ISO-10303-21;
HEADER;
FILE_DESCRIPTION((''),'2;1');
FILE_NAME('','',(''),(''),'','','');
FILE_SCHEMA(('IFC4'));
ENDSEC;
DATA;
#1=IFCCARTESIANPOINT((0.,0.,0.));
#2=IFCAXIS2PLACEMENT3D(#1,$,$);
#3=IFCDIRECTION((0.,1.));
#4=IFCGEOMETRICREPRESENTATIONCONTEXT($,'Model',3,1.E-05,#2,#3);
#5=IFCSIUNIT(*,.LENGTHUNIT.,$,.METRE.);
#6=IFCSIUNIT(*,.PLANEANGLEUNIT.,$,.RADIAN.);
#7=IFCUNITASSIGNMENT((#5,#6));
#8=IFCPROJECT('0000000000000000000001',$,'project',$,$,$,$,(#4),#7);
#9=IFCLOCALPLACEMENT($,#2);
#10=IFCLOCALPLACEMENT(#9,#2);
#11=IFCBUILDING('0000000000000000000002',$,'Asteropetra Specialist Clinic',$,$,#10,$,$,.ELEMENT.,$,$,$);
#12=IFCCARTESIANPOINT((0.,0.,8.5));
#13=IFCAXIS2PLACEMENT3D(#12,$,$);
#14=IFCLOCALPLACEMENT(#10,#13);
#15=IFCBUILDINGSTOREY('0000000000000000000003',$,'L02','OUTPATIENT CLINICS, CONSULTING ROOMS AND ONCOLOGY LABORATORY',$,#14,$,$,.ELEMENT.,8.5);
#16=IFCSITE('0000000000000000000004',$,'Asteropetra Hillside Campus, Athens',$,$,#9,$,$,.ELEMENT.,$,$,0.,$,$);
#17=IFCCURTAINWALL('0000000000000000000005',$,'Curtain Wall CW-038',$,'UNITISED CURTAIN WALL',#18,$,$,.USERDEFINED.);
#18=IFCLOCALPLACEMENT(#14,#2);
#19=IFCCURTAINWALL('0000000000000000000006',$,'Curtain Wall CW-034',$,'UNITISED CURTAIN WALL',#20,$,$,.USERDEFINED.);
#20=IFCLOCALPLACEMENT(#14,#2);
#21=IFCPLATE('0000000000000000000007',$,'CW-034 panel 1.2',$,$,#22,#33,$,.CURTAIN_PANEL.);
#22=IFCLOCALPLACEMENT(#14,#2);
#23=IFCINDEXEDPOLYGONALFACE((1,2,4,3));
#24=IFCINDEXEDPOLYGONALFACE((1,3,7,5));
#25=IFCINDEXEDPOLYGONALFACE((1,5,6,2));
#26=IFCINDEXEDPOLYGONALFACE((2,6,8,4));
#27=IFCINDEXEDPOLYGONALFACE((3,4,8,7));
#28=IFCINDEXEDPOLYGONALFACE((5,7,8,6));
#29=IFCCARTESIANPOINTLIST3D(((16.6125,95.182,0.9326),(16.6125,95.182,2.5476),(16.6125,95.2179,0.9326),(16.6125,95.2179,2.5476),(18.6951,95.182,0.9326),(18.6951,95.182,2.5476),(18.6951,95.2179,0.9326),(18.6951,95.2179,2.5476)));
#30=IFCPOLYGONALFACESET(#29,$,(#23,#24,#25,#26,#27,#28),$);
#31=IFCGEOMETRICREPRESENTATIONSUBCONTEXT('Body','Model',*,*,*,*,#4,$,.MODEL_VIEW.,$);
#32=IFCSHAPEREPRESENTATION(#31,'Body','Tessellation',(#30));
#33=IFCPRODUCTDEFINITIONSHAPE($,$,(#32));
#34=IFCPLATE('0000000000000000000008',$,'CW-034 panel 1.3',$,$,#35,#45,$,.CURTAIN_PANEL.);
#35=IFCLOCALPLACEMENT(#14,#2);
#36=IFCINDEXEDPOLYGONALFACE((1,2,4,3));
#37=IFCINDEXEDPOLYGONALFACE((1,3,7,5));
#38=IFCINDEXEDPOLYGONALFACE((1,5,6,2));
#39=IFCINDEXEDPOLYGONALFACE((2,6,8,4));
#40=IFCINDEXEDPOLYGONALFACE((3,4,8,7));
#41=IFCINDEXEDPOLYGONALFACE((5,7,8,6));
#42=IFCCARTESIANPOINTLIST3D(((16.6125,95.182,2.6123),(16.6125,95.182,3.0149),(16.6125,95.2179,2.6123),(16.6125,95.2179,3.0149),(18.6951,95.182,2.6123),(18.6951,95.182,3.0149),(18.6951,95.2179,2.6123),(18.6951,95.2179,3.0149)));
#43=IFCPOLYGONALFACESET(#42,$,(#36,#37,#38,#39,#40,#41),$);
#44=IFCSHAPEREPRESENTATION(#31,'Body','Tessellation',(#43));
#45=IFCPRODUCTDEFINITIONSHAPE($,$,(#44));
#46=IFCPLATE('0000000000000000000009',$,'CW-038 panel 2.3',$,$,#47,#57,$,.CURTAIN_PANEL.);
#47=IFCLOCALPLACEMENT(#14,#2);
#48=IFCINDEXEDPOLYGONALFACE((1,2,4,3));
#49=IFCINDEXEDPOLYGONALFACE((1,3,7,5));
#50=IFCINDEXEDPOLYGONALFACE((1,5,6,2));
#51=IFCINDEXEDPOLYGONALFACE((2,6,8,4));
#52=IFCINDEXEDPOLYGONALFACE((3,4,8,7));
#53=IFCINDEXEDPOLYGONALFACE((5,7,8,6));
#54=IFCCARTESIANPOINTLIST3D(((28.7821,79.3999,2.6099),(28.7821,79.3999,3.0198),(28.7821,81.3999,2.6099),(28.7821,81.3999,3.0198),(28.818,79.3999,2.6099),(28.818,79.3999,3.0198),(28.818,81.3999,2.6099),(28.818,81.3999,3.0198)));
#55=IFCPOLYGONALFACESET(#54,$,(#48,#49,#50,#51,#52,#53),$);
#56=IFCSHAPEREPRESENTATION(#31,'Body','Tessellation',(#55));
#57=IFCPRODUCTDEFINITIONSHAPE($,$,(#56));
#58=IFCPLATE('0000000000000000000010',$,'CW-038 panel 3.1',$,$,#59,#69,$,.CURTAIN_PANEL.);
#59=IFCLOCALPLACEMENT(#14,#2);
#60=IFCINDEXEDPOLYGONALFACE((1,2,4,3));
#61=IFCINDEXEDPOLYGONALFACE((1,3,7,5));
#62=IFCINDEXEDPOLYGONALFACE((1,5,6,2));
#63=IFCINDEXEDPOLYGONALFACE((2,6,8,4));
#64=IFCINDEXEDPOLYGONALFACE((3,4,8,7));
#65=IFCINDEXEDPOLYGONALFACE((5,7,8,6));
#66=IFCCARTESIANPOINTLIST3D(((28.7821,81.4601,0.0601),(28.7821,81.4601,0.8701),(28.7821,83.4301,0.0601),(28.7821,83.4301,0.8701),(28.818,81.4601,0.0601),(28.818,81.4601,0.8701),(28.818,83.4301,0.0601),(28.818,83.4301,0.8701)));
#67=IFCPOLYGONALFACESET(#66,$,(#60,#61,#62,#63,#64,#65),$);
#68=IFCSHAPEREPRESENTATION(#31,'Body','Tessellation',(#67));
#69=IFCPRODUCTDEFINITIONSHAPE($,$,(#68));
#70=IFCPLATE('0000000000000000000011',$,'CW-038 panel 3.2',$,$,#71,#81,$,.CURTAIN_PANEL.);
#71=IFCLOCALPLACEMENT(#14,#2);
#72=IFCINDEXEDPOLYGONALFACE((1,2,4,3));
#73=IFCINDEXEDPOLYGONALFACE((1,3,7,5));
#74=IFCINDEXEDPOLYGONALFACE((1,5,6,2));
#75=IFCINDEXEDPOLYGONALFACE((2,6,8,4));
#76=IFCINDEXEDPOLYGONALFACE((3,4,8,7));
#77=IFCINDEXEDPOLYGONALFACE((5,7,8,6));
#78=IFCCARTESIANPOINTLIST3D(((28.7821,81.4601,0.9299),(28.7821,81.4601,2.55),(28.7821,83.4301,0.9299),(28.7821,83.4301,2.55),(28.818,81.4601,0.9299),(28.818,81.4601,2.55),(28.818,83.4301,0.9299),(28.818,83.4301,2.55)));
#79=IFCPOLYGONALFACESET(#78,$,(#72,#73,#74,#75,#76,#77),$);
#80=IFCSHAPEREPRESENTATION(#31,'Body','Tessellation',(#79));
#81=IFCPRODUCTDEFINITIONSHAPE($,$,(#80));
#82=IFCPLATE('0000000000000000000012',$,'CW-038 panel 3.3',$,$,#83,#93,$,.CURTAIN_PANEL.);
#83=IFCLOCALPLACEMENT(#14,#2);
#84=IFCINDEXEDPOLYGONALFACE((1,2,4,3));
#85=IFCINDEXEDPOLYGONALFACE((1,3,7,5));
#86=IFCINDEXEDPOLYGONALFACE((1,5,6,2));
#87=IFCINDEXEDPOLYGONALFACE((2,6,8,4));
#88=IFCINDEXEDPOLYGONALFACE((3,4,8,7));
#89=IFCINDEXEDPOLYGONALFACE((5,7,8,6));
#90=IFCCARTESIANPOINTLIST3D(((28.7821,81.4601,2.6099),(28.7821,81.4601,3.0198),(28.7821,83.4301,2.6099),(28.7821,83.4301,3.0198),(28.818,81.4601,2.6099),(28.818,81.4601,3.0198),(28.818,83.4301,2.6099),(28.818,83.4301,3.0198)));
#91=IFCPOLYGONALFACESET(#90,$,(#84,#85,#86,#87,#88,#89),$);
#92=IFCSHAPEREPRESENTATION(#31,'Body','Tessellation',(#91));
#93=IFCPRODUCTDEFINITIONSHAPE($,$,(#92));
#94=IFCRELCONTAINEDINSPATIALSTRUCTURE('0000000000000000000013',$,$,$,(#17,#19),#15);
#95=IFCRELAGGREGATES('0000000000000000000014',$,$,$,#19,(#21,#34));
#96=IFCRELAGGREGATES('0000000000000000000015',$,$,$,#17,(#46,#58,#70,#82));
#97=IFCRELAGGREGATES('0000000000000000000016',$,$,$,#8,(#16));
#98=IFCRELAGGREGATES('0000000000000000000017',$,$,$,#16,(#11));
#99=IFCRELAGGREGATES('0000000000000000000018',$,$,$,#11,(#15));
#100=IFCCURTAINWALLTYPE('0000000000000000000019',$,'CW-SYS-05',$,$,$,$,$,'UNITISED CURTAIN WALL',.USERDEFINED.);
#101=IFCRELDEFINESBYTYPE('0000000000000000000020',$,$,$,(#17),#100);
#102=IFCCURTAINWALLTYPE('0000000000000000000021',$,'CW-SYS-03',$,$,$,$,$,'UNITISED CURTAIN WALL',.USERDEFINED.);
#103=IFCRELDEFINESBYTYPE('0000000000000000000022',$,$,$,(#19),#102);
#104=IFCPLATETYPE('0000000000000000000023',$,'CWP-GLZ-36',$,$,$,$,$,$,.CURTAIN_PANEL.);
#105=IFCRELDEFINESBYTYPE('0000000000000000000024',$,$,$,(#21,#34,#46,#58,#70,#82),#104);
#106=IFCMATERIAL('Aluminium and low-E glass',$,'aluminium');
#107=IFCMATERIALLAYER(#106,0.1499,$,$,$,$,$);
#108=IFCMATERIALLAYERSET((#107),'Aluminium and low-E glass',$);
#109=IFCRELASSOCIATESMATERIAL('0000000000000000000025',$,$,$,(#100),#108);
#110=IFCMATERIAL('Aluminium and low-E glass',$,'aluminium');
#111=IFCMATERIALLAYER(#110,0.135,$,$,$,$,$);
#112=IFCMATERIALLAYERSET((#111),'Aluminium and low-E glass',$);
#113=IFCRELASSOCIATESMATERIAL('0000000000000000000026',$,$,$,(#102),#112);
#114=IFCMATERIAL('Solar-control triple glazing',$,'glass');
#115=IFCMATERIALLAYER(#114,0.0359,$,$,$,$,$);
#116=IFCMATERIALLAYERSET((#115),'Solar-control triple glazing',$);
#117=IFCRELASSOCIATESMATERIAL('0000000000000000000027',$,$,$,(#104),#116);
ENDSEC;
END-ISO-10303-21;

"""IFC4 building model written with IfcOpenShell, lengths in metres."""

from ifc_helpers import new_model, si_unit, direction, frame, origin, origin_2d, place, context, subcontext, project, spatial, rectangle, extrude, material, layer, layer_set, type_object, element, aggregate, save


model = new_model("IFC4")

# Units and contexts
model_context = context("Model", 3, precision=1e-05, world=origin(), true_north=direction((0.0, 1.0)))
body_context = subcontext(model_context, "Body", "Model", "MODEL_VIEW")
ifc_project = project(units=[si_unit("LENGTHUNIT", "METRE"), si_unit("PLANEANGLEUNIT", "RADIAN")], contexts=[model_context])

# Site, building, storey
site_placement = place(None, origin())
site = spatial("IfcSite", under=ifc_project, at=site_placement, Name="Asteropetra Hillside Campus, Athens", CompositionType="ELEMENT", RefElevation=0.0)
building_placement = place(site_placement, origin())
building = spatial("IfcBuilding", under=site, at=building_placement, Name="Asteropetra Specialist Clinic", CompositionType="ELEMENT")
storey_placement = place(building_placement, frame((0.0, 0.0, 8.5)))
storey = spatial("IfcBuildingStorey", under=building, at=storey_placement, Name="L02", Description="OUTPATIENT CLINICS, CONSULTING ROOMS AND ONCOLOGY LABORATORY", CompositionType="ELEMENT", Elevation=8.5)

# Curtain wall
ifc_material_1 = material(Name="Aluminium and low-E glass", Category="aluminium")
ifc_layer_1 = layer(ifc_material_1, 0.1499)
ifc_layer_set_1 = layer_set([ifc_layer_1], Name="Aluminium and low-E glass")
curtain_wall_type_1 = type_object("IfcCurtainWallType", Name="CW-SYS-05", ElementType="UNITISED CURTAIN WALL", PredefinedType="USERDEFINED", material=ifc_layer_set_1)
curtain_wall_1_placement = place(storey_placement, origin())
curtain_wall_1 = element("IfcCurtainWall", 1, at=curtain_wall_1_placement, inside=storey, type_object=curtain_wall_type_1, Name="Curtain Wall CW-038", ObjectType="UNITISED CURTAIN WALL", PredefinedType="USERDEFINED")

# Curtain wall
ifc_material_2 = material(Name="Aluminium and low-E glass", Category="aluminium")
ifc_layer_2 = layer(ifc_material_2, 0.135)
ifc_layer_set_2 = layer_set([ifc_layer_2], Name="Aluminium and low-E glass")
curtain_wall_type_2 = type_object("IfcCurtainWallType", Name="CW-SYS-03", ElementType="UNITISED CURTAIN WALL", PredefinedType="USERDEFINED", material=ifc_layer_set_2)
curtain_wall_2_placement = place(storey_placement, origin())
curtain_wall_2 = element("IfcCurtainWall", 2, at=curtain_wall_2_placement, inside=storey, type_object=curtain_wall_type_2, Name="Curtain Wall CW-034", ObjectType="UNITISED CURTAIN WALL", PredefinedType="USERDEFINED")

# Plates
ifc_material_3 = material(Name="Solar-control triple glazing", Category="glass")
ifc_layer_3 = layer(ifc_material_3, 0.0359)
ifc_layer_set_3 = layer_set([ifc_layer_3], Name="Solar-control triple glazing")
plate_type_1 = type_object("IfcPlateType", Name="CWP-GLZ-36", PredefinedType="CURTAIN_PANEL", material=ifc_layer_set_3)
plate_1_placement = place(storey_placement, frame((17.6538, 95.2, 0.9326), z_axis=(0.0, 0.0, 1.0), x_axis=(-1.0, 0.0, 0.0)))
plate_1 = element("IfcPlate", 3, at=plate_1_placement, type_object=plate_type_1, Name="CW-034 panel 1.2", PredefinedType="CURTAIN_PANEL", context=body_context, shape_type="SweptSolid", body=[
    extrude(rectangle(XDim=2.0825, YDim=0.0359, at=origin_2d()), origin(), (0.0, 0.0, 1.0), 1.615),
])
plate_2_placement = place(storey_placement, frame((17.6538, 95.2, 2.6123), z_axis=(0.0, 0.0, 1.0), x_axis=(-1.0, 0.0, 0.0)))
plate_2 = element("IfcPlate", 4, at=plate_2_placement, type_object=plate_type_1, Name="CW-034 panel 1.3", PredefinedType="CURTAIN_PANEL", context=body_context, shape_type="SweptSolid", body=[
    extrude(rectangle(XDim=2.0825, YDim=0.0359, at=origin_2d()), origin(), (0.0, 0.0, 1.0), 0.4026),
])
aggregate(curtain_wall_2, [plate_1, plate_2])
plate_3_placement = place(storey_placement, frame((28.8, 80.3999, 2.6099), z_axis=(0.0, 0.0, 1.0), x_axis=(0.0, 1.0, 0.0)))
plate_3 = element("IfcPlate", 5, at=plate_3_placement, type_object=plate_type_1, Name="CW-038 panel 2.3", PredefinedType="CURTAIN_PANEL", context=body_context, shape_type="SweptSolid", body=[
    extrude(rectangle(XDim=2.0, YDim=0.0359, at=origin_2d()), origin(), (0.0, 0.0, 1.0), 0.4099),
])
plate_4_placement = place(storey_placement, frame((28.8, 82.4451, 0.0601), z_axis=(0.0, 0.0, 1.0), x_axis=(0.0, 1.0, 0.0)))
plate_4 = element("IfcPlate", 6, at=plate_4_placement, type_object=plate_type_1, Name="CW-038 panel 3.1", PredefinedType="CURTAIN_PANEL", context=body_context, shape_type="SweptSolid", body=[
    extrude(rectangle(XDim=1.97, YDim=0.0359, at=origin_2d()), origin(), (0.0, 0.0, 1.0), 0.8101),
])
plate_5_placement = place(storey_placement, frame((28.8, 82.4451, 0.9299), z_axis=(0.0, 0.0, 1.0), x_axis=(0.0, 1.0, 0.0)))
plate_5 = element("IfcPlate", 7, at=plate_5_placement, type_object=plate_type_1, Name="CW-038 panel 3.2", PredefinedType="CURTAIN_PANEL", context=body_context, shape_type="SweptSolid", body=[
    extrude(rectangle(XDim=1.97, YDim=0.0359, at=origin_2d()), origin(), (0.0, 0.0, 1.0), 1.6201),
])
plate_6_placement = place(storey_placement, frame((28.8, 82.4451, 2.6099), z_axis=(0.0, 0.0, 1.0), x_axis=(0.0, 1.0, 0.0)))
plate_6 = element("IfcPlate", 8, at=plate_6_placement, type_object=plate_type_1, Name="CW-038 panel 3.3", PredefinedType="CURTAIN_PANEL", context=body_context, shape_type="SweptSolid", body=[
    extrude(rectangle(XDim=1.97, YDim=0.0359, at=origin_2d()), origin(), (0.0, 0.0, 1.0), 0.4099),
])
aggregate(curtain_wall_1, [plate_3, plate_4, plate_5, plate_6])

save(model, "model.ifc")
